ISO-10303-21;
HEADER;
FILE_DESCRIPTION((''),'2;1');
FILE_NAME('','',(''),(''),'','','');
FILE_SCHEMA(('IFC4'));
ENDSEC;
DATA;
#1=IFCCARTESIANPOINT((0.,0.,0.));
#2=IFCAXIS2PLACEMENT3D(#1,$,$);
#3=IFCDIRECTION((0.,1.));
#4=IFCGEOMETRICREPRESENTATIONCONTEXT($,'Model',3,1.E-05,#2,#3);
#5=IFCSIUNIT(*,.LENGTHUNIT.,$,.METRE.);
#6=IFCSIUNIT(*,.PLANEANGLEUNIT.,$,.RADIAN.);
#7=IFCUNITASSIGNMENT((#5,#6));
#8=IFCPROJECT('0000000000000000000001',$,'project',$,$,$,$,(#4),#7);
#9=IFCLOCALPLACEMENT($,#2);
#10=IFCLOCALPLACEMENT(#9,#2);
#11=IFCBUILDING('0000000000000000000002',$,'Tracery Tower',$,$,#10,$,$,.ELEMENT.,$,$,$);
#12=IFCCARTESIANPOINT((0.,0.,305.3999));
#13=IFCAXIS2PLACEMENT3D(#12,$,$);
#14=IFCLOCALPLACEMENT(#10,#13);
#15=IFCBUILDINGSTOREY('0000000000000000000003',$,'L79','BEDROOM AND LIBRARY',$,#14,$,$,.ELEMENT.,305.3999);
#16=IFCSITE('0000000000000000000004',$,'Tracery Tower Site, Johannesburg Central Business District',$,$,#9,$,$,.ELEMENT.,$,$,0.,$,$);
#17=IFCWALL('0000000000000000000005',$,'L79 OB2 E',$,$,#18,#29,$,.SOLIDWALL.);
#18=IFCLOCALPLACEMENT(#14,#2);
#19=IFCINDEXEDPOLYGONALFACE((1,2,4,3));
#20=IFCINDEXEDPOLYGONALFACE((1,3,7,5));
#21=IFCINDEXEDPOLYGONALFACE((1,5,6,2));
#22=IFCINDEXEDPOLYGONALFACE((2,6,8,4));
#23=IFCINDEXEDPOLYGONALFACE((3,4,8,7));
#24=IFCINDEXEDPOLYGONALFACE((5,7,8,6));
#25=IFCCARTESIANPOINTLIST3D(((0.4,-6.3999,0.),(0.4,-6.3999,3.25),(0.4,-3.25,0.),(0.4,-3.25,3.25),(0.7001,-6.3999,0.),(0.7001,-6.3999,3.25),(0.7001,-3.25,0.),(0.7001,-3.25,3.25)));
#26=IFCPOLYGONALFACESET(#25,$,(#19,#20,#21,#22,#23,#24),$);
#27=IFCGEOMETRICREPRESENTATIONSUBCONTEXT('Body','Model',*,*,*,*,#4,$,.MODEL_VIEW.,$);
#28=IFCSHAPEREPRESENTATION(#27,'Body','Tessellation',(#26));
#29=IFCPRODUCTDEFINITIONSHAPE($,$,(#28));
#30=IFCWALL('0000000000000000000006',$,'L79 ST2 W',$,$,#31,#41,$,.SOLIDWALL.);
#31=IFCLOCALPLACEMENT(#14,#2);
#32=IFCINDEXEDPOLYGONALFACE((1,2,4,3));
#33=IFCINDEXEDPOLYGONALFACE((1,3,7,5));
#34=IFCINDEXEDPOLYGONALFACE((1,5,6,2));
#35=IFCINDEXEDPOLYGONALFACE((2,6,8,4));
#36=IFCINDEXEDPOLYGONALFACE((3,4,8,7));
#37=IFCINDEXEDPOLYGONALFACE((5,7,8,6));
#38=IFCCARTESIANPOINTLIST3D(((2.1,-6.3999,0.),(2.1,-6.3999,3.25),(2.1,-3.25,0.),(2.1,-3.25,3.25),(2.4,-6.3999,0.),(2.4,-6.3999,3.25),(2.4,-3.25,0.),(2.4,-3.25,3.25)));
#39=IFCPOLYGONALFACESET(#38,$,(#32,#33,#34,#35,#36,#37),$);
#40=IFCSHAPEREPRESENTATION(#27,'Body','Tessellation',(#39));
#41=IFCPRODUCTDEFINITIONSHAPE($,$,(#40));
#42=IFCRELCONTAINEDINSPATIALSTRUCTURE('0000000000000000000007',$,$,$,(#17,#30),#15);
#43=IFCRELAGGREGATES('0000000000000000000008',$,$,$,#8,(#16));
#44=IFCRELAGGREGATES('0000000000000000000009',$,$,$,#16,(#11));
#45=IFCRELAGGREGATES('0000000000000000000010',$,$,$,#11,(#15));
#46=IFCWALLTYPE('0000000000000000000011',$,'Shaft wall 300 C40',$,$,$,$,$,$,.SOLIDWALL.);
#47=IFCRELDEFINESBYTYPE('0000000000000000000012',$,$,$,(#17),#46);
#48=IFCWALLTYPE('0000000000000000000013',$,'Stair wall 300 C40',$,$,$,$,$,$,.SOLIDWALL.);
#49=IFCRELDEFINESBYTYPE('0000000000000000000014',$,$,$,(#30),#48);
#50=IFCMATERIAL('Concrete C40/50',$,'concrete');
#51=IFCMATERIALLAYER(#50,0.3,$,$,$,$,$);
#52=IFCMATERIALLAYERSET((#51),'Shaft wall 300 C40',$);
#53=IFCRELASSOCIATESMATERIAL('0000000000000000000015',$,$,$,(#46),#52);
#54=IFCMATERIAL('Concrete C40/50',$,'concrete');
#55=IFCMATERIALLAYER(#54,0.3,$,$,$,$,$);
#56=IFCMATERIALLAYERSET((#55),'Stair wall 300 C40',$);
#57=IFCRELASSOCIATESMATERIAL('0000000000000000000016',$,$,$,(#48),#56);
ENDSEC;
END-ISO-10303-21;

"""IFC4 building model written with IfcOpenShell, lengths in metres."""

from ifc_helpers import new_model, si_unit, direction, frame, frame_2d, origin, place, context, subcontext, project, spatial, rectangle, extrude, material, layer, layer_set, type_object, element, save


model = new_model("IFC4")

# Units and contexts
model_context = context("Model", 3, precision=1e-05, world=origin(), true_north=direction((0.0, 1.0)))
body_context = subcontext(model_context, "Body", "Model", "MODEL_VIEW")
ifc_project = project(units=[si_unit("LENGTHUNIT", "METRE"), si_unit("PLANEANGLEUNIT", "RADIAN")], contexts=[model_context])

# Site, building, storey
site_placement = place(None, origin())
site = spatial("IfcSite", under=ifc_project, at=site_placement, Name="Tracery Tower Site, Johannesburg Central Business District", CompositionType="ELEMENT", RefElevation=0.0)
building_placement = place(site_placement, origin())
building = spatial("IfcBuilding", under=site, at=building_placement, Name="Tracery Tower", CompositionType="ELEMENT")
storey_placement = place(building_placement, frame((0.0, 0.0, 305.3999)))
storey = spatial("IfcBuildingStorey", under=building, at=storey_placement, Name="L79", Description="BEDROOM AND LIBRARY", CompositionType="ELEMENT", Elevation=305.3999)

# Walls
ifc_material_1 = material(Name="Concrete C40/50", Category="concrete")
ifc_layer_1 = layer(ifc_material_1, 0.3)
ifc_layer_set_1 = layer_set([ifc_layer_1], Name="Shaft wall 300 C40")
wall_type_1 = type_object("IfcWallType", Name="Shaft wall 300 C40", PredefinedType="SOLIDWALL", material=ifc_layer_set_1)
wall_1_placement = place(storey_placement, frame((0.55, -6.3999, 0.0), z_axis=(0.0, 0.0, 1.0), x_axis=(0.0, 1.0, 0.0)))
element("IfcWall", 1, at=wall_1_placement, inside=storey, type_object=wall_type_1, Name="L79 OB2 E", PredefinedType="SOLIDWALL", context=body_context, shape_type="SweptSolid", body=[
    extrude(rectangle(XDim=3.1499, YDim=0.3, at=frame_2d((1.575, 0.0))), origin(), (0.0, 0.0, 1.0), 3.25),
])
ifc_material_2 = material(Name="Concrete C40/50", Category="concrete")
ifc_layer_2 = layer(ifc_material_2, 0.3)
ifc_layer_set_2 = layer_set([ifc_layer_2], Name="Stair wall 300 C40")
wall_type_2 = type_object("IfcWallType", Name="Stair wall 300 C40", PredefinedType="SOLIDWALL", material=ifc_layer_set_2)
wall_2_placement = place(storey_placement, frame((2.25, -6.3999, 0.0), z_axis=(0.0, 0.0, 1.0), x_axis=(0.0, 1.0, 0.0)))
element("IfcWall", 2, at=wall_2_placement, inside=storey, type_object=wall_type_2, Name="L79 ST2 W", PredefinedType="SOLIDWALL", context=body_context, shape_type="SweptSolid", body=[
    extrude(rectangle(XDim=3.1499, YDim=0.3, at=frame_2d((1.575, 0.0))), origin(), (0.0, 0.0, 1.0), 3.25),
])

save(model, "model.ifc")
